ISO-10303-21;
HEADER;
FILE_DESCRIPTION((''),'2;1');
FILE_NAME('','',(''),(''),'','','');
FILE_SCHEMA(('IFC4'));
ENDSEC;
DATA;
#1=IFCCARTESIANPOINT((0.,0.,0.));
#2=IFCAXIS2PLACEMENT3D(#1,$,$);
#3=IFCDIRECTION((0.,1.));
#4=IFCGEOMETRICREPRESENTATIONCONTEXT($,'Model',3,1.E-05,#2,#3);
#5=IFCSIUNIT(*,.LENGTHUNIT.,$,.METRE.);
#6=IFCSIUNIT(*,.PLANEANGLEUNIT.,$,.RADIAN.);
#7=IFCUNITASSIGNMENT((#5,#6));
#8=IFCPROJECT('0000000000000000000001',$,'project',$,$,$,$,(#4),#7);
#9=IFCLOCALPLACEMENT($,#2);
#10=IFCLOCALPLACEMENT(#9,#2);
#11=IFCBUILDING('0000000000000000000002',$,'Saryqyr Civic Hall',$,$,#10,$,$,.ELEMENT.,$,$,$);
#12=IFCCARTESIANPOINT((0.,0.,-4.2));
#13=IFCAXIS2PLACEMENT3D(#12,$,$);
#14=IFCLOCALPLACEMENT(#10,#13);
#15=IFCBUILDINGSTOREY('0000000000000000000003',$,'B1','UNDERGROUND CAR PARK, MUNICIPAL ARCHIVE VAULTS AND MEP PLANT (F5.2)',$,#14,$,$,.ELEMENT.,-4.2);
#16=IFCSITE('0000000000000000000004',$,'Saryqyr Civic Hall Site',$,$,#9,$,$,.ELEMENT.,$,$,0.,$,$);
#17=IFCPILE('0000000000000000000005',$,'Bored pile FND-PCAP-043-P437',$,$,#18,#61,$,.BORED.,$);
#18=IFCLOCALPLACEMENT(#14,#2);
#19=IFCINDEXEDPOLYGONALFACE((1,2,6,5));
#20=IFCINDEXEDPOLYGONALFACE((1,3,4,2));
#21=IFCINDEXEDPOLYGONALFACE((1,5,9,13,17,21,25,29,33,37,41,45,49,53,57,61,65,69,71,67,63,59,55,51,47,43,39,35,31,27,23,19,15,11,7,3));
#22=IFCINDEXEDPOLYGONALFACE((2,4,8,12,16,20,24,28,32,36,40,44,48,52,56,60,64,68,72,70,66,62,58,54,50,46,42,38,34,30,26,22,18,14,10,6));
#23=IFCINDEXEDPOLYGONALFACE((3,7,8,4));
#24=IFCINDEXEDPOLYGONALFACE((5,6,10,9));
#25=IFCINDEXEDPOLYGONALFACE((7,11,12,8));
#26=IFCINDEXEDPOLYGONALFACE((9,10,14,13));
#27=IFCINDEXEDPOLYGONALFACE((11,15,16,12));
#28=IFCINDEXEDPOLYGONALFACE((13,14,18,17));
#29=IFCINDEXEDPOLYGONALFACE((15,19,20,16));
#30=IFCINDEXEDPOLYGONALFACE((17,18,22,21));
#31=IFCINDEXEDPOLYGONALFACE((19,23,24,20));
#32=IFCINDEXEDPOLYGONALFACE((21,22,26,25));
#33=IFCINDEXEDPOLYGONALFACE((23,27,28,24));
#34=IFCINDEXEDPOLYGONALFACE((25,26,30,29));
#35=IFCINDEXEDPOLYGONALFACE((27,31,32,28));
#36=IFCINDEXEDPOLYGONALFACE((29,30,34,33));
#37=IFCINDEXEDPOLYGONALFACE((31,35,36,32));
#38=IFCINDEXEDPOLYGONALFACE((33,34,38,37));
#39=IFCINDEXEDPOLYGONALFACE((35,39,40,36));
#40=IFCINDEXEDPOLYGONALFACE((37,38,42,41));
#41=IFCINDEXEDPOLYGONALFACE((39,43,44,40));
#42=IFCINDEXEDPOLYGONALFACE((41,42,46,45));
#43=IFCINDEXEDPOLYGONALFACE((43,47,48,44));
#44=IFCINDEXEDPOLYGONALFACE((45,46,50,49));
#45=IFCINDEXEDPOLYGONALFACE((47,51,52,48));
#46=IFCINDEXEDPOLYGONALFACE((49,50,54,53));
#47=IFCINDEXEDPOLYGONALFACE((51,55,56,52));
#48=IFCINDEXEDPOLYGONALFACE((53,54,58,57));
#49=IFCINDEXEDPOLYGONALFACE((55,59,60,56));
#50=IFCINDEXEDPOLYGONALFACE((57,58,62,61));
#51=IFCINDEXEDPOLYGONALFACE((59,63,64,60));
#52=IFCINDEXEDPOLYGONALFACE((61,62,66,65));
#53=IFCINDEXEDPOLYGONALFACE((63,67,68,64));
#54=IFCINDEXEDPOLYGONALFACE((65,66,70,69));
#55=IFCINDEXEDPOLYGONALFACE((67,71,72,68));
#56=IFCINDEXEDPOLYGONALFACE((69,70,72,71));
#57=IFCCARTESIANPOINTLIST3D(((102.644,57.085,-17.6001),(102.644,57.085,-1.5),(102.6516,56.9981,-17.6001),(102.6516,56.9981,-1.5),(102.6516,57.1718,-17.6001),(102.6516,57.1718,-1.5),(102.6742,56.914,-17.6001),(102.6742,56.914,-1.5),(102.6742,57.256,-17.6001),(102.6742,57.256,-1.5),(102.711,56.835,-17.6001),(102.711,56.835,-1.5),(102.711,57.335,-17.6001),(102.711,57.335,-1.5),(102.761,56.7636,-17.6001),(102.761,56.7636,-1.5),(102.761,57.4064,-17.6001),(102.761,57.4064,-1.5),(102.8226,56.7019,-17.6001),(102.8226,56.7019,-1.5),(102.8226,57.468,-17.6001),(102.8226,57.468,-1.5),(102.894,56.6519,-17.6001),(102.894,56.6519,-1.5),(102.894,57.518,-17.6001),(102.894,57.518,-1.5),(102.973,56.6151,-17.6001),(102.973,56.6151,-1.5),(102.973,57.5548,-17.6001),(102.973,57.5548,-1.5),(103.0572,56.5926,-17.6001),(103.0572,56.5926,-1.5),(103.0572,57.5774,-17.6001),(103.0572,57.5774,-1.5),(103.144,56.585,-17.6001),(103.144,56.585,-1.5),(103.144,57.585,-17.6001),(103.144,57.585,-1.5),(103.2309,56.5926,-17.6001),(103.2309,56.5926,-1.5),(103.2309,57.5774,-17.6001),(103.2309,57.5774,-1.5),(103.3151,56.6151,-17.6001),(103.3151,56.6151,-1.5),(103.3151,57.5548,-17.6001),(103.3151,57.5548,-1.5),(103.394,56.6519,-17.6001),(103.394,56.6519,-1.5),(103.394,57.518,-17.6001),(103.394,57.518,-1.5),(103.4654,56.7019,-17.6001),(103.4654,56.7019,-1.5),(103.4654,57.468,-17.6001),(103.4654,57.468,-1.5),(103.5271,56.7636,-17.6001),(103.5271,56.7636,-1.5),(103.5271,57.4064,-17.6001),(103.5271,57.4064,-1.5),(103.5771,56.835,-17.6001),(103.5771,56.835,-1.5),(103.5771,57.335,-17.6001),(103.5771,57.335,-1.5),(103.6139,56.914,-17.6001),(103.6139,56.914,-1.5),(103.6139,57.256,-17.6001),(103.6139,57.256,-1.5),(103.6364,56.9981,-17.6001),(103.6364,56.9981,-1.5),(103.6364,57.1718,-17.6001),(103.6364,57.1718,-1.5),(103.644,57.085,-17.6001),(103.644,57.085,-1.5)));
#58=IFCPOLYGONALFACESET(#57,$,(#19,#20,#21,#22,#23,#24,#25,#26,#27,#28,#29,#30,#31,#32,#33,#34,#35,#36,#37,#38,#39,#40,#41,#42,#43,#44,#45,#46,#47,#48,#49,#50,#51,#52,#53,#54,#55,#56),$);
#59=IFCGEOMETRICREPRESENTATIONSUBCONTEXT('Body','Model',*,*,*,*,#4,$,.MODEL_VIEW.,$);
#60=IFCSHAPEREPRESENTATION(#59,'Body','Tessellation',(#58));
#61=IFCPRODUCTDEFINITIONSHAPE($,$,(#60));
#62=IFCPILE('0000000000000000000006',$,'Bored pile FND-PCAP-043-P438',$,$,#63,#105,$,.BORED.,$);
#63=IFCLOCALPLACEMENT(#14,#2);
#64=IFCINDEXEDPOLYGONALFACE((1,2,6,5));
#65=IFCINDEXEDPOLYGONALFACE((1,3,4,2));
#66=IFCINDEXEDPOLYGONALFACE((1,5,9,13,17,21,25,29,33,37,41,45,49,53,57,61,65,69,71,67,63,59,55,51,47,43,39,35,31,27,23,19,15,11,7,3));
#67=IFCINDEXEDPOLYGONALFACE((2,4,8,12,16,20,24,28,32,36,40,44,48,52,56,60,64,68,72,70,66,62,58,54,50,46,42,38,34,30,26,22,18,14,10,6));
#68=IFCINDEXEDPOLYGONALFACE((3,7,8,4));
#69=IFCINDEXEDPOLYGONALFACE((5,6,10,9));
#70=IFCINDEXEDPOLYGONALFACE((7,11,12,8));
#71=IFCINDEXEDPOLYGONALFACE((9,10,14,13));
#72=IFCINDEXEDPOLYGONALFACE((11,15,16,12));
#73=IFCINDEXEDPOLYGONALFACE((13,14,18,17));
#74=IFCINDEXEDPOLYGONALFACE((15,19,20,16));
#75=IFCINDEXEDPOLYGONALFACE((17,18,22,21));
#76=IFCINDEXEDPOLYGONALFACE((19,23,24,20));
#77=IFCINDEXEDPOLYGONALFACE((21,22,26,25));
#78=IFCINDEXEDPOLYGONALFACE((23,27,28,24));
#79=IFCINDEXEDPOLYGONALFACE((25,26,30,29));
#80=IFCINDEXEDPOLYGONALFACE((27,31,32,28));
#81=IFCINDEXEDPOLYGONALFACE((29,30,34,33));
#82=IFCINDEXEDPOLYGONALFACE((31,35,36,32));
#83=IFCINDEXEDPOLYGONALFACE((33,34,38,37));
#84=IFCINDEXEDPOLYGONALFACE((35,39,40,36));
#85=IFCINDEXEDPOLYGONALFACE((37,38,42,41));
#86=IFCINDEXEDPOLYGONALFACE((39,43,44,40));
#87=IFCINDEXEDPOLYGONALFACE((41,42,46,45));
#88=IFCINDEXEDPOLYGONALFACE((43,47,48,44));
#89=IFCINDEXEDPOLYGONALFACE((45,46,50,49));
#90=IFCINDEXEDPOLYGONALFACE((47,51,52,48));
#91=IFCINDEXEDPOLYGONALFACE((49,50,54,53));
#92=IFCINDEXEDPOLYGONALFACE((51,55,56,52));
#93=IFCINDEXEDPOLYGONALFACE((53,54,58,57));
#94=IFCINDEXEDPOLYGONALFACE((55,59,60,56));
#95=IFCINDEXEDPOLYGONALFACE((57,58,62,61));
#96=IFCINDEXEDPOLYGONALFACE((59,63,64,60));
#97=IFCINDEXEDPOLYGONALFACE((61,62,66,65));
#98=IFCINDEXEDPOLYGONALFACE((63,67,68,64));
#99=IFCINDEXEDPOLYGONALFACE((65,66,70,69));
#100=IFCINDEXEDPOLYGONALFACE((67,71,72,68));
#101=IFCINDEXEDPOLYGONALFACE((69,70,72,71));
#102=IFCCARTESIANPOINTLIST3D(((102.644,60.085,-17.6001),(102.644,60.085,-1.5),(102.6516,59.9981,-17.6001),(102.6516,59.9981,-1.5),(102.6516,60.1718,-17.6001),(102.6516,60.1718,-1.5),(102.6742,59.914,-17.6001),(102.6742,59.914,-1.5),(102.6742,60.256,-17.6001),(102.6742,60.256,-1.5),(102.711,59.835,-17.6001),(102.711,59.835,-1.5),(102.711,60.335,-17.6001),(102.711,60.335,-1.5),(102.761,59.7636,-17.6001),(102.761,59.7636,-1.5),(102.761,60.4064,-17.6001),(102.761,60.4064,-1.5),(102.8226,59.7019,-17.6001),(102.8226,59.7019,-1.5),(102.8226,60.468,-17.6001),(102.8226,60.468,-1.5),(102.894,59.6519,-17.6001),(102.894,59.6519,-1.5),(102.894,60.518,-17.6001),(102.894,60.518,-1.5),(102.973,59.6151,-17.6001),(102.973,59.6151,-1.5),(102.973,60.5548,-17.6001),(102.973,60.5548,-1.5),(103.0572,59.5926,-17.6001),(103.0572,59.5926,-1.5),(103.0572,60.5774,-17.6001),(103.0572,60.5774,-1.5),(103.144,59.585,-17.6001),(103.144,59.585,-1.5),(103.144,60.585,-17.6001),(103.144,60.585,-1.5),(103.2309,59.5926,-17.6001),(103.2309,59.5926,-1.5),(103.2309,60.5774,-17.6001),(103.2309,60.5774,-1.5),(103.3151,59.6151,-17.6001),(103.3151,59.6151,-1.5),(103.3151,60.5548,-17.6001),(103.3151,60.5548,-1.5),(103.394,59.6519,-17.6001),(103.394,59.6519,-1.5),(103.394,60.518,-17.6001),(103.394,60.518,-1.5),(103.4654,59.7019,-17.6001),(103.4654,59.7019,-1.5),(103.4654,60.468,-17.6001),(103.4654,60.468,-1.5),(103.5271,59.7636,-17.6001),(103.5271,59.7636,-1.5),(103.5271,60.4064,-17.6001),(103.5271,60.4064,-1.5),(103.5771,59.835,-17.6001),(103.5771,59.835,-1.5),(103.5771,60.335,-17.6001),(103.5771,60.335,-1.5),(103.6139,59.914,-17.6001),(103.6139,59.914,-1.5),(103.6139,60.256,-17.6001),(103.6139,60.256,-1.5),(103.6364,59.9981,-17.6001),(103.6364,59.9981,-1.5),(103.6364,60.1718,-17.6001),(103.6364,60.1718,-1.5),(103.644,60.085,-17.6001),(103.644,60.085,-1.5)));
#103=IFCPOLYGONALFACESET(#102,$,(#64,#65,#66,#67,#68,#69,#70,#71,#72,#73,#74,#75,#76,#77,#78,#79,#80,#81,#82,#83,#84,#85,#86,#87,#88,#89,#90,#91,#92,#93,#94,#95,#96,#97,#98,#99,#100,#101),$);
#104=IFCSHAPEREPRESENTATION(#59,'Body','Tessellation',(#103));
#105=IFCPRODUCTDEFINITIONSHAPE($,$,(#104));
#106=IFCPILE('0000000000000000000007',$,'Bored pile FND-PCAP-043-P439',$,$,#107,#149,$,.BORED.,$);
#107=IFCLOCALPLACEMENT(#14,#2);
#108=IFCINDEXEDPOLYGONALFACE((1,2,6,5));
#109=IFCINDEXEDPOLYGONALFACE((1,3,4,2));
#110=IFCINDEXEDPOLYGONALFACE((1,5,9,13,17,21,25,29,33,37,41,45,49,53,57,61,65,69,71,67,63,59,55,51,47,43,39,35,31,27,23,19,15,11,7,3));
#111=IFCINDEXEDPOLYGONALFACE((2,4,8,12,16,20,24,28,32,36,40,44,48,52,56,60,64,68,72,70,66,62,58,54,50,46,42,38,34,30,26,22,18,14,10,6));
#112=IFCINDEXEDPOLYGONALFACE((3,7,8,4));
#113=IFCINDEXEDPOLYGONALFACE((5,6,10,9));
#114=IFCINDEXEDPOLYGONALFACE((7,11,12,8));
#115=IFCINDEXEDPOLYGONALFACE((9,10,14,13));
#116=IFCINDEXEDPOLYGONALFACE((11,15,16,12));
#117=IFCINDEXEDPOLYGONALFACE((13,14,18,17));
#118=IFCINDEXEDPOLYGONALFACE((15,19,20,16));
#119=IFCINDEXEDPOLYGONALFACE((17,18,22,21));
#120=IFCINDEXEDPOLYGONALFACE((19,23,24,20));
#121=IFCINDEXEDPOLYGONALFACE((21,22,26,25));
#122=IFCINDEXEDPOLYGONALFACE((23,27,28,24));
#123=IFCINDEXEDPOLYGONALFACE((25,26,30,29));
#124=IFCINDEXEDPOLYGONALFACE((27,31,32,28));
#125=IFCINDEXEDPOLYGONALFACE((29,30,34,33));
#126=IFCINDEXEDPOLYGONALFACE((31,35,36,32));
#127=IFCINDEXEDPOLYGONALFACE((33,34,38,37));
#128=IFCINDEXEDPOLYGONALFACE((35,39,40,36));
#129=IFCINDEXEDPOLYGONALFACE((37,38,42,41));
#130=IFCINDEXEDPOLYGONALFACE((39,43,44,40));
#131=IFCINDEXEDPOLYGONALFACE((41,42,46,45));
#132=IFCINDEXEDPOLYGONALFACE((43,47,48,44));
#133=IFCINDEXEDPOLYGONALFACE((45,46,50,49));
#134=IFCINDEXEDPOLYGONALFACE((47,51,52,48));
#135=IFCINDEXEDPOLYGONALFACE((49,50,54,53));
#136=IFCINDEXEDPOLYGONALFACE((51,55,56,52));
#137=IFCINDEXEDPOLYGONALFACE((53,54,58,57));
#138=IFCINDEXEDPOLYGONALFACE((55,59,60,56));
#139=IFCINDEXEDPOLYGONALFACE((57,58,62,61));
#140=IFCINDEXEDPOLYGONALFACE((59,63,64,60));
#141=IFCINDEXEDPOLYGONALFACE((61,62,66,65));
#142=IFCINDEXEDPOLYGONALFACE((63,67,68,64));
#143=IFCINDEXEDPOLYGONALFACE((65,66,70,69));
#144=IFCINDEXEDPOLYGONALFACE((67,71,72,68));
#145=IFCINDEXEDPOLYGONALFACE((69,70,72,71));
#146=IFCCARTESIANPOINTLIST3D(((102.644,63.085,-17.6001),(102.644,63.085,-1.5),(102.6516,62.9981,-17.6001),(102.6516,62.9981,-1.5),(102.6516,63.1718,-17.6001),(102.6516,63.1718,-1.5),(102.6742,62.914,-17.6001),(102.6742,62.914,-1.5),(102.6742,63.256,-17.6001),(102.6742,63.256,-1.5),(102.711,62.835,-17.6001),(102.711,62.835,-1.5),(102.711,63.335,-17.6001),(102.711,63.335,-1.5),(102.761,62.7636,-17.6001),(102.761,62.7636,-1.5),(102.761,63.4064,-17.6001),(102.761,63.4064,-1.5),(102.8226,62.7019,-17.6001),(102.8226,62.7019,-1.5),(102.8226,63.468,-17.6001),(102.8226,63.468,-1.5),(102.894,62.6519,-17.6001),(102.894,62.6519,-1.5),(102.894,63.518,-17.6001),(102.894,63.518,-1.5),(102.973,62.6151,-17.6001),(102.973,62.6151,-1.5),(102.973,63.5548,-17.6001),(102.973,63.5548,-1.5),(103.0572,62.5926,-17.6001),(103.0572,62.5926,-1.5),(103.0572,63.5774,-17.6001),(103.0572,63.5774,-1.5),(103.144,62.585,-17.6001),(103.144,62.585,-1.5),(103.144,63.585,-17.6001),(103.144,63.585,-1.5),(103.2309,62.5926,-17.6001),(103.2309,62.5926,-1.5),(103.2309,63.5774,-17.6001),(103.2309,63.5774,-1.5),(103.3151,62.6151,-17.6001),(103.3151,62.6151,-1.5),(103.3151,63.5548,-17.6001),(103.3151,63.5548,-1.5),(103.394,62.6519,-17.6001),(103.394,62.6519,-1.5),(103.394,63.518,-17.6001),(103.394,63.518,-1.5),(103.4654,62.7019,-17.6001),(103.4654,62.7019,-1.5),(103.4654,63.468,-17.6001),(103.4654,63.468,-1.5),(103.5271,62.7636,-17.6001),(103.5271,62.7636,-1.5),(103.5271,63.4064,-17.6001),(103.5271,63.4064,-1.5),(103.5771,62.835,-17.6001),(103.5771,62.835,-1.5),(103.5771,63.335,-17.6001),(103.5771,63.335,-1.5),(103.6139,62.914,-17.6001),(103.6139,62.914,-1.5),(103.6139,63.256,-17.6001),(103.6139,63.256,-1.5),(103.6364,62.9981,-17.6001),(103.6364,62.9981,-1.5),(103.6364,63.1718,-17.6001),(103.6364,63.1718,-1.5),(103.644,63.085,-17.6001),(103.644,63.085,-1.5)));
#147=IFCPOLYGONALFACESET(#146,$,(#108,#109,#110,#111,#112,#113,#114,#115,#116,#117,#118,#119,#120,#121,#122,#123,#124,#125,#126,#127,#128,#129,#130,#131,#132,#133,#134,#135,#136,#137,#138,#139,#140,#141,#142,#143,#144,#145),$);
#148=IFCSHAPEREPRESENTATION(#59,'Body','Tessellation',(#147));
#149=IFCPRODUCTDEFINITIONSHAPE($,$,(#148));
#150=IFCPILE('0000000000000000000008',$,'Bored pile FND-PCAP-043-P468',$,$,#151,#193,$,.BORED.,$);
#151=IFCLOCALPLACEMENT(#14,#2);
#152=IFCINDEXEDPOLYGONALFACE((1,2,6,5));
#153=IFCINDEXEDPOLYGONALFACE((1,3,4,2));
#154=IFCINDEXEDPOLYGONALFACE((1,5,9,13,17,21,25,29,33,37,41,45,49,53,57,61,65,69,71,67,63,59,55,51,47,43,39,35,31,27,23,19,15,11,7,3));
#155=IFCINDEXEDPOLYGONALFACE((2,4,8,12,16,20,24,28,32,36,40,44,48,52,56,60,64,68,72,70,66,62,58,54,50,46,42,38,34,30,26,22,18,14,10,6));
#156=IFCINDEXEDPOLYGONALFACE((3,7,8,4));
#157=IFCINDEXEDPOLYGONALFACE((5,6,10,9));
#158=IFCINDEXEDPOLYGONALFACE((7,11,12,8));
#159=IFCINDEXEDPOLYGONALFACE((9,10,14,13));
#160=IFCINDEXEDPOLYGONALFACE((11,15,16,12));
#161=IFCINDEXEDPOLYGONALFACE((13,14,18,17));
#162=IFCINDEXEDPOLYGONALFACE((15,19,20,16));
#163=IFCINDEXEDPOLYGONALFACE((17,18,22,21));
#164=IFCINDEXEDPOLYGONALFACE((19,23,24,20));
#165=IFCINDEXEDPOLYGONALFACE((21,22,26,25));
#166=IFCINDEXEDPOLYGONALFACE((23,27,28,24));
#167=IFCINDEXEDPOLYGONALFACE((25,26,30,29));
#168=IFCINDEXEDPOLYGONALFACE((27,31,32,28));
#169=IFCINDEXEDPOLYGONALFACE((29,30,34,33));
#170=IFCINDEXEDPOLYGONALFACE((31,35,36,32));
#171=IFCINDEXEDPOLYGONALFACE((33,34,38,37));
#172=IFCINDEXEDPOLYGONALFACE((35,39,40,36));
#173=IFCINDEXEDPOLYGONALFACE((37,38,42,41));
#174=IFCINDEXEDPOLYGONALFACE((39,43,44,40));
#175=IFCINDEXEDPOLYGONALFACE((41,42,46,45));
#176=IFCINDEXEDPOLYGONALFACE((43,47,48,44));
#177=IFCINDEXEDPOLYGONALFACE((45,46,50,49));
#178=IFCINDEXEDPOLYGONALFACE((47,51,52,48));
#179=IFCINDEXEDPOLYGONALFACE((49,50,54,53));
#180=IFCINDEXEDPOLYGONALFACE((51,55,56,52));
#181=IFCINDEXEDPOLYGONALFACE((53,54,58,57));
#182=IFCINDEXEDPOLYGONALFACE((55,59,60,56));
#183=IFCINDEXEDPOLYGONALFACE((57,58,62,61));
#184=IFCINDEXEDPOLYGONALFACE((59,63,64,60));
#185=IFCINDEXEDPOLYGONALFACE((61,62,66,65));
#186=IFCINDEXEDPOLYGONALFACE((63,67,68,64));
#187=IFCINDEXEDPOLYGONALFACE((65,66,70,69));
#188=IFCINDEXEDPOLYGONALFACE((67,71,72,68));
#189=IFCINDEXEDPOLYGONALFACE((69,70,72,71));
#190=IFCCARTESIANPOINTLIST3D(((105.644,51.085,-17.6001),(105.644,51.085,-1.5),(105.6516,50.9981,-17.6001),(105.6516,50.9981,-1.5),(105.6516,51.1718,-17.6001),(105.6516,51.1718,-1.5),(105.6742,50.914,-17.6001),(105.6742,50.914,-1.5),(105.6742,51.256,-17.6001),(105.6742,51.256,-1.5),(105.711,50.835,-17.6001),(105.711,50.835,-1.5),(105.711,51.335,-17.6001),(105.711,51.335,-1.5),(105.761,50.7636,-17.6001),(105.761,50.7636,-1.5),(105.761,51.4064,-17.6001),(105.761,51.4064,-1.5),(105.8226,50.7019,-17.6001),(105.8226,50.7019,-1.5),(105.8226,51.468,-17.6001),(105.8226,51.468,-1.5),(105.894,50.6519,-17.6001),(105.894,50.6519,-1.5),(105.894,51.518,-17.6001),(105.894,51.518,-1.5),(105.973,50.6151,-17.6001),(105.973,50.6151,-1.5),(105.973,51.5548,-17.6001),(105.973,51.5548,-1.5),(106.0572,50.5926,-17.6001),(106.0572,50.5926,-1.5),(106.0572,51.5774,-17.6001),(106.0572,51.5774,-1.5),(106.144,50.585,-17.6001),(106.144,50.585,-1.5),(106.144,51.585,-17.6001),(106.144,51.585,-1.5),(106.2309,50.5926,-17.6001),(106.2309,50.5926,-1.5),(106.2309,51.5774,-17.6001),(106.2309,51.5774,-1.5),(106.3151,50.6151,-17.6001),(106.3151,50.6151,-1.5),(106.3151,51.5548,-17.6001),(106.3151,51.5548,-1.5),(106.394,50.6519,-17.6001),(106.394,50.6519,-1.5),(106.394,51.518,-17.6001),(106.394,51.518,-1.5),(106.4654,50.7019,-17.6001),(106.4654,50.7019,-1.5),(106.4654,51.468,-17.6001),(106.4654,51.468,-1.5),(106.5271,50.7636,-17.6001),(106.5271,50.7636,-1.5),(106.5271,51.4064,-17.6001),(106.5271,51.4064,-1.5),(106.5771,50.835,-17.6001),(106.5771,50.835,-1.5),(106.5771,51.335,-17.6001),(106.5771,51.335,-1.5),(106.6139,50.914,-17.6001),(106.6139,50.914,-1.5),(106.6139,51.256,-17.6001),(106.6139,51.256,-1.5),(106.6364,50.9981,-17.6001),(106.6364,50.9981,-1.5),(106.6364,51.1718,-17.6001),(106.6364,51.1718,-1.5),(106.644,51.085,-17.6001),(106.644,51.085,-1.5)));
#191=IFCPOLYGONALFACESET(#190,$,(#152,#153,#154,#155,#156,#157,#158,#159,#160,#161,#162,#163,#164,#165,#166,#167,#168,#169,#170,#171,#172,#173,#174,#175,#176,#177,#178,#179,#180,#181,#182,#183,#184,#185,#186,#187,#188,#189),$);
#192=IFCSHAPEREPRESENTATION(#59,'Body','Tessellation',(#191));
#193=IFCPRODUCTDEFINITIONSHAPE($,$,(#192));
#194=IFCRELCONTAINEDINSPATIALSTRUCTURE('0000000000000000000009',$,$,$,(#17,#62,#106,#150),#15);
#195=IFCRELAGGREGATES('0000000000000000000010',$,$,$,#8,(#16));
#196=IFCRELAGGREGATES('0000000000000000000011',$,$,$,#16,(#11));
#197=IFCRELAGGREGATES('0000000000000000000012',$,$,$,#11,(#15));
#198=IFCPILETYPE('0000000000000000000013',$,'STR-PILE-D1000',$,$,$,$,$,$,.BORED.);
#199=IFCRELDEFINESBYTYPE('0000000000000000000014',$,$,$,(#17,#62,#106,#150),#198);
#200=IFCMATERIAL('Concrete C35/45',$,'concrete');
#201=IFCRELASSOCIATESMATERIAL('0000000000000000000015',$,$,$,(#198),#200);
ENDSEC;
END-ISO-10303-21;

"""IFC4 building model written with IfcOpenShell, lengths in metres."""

from ifc_helpers import new_model, si_unit, direction, frame, origin, origin_2d, place, context, subcontext, project, spatial, circle, extrude, material, material_profile, profile_set, type_object, element, save


model = new_model("IFC4")

# Units and contexts
model_context = context("Model", 3, precision=1e-05, world=origin(), true_north=direction((0.0, 1.0)))
body_context = subcontext(model_context, "Body", "Model", "MODEL_VIEW")
ifc_project = project(units=[si_unit("LENGTHUNIT", "METRE"), si_unit("PLANEANGLEUNIT", "RADIAN")], contexts=[model_context])

# Site, building, storey
site_placement = place(None, origin())
site = spatial("IfcSite", under=ifc_project, at=site_placement, Name="Saryqyr Civic Hall Site", CompositionType="ELEMENT", RefElevation=0.0)
building_placement = place(site_placement, origin())
building = spatial("IfcBuilding", under=site, at=building_placement, Name="Saryqyr Civic Hall", CompositionType="ELEMENT")
storey_placement = place(building_placement, frame((0.0, 0.0, -4.2)))
storey = spatial("IfcBuildingStorey", under=building, at=storey_placement, Name="B1", Description="UNDERGROUND CAR PARK, MUNICIPAL ARCHIVE VAULTS AND MEP PLANT (F5.2)", CompositionType="ELEMENT", Elevation=-4.2)

# Piles
ifc_material_1 = material(Name="Concrete C35/45", Category="concrete")
ifc_material_profile_1 = material_profile(ifc_material_1, circle(Radius=0.5, at=origin_2d()), Name="BORED PILE D1000")
ifc_profile_set_1 = profile_set([ifc_material_profile_1], Name="Concrete C35/45")
pile_type = type_object("IfcPileType", Name="STR-PILE-D1000", PredefinedType="BORED", material=ifc_profile_set_1)
for number, where, z_axis, x_axis, name in (
    (1, (103.144, 57.085, -1.5), (0.0, 0.0, -1.0), (1.0, 0.0, 0.0), "Bored pile FND-PCAP-043-P437"),
    (2, (103.144, 60.085, -1.5), (0.0, 0.0, -1.0), (1.0, 0.0, 0.0), "Bored pile FND-PCAP-043-P438"),
    (3, (103.144, 63.085, -1.5), (0.0, 0.0, -1.0), (1.0, 0.0, 0.0), "Bored pile FND-PCAP-043-P439"),
    (4, (106.144, 51.085, -1.5), (0.0, 0.0, -1.0), (1.0, 0.0, 0.0), "Bored pile FND-PCAP-043-P468"),
):
    element("IfcPile", number, at=place(storey_placement, frame(where, z_axis=z_axis, x_axis=x_axis)), inside=storey, type_object=pile_type, Name=name, PredefinedType="BORED", context=body_context, shape_type="SweptSolid", body=[
        extrude(circle(Radius=0.5, at=origin_2d()), origin(), (0.0, 0.0, 1.0), 16.1001),
    ])

save(model, "model.ifc")
